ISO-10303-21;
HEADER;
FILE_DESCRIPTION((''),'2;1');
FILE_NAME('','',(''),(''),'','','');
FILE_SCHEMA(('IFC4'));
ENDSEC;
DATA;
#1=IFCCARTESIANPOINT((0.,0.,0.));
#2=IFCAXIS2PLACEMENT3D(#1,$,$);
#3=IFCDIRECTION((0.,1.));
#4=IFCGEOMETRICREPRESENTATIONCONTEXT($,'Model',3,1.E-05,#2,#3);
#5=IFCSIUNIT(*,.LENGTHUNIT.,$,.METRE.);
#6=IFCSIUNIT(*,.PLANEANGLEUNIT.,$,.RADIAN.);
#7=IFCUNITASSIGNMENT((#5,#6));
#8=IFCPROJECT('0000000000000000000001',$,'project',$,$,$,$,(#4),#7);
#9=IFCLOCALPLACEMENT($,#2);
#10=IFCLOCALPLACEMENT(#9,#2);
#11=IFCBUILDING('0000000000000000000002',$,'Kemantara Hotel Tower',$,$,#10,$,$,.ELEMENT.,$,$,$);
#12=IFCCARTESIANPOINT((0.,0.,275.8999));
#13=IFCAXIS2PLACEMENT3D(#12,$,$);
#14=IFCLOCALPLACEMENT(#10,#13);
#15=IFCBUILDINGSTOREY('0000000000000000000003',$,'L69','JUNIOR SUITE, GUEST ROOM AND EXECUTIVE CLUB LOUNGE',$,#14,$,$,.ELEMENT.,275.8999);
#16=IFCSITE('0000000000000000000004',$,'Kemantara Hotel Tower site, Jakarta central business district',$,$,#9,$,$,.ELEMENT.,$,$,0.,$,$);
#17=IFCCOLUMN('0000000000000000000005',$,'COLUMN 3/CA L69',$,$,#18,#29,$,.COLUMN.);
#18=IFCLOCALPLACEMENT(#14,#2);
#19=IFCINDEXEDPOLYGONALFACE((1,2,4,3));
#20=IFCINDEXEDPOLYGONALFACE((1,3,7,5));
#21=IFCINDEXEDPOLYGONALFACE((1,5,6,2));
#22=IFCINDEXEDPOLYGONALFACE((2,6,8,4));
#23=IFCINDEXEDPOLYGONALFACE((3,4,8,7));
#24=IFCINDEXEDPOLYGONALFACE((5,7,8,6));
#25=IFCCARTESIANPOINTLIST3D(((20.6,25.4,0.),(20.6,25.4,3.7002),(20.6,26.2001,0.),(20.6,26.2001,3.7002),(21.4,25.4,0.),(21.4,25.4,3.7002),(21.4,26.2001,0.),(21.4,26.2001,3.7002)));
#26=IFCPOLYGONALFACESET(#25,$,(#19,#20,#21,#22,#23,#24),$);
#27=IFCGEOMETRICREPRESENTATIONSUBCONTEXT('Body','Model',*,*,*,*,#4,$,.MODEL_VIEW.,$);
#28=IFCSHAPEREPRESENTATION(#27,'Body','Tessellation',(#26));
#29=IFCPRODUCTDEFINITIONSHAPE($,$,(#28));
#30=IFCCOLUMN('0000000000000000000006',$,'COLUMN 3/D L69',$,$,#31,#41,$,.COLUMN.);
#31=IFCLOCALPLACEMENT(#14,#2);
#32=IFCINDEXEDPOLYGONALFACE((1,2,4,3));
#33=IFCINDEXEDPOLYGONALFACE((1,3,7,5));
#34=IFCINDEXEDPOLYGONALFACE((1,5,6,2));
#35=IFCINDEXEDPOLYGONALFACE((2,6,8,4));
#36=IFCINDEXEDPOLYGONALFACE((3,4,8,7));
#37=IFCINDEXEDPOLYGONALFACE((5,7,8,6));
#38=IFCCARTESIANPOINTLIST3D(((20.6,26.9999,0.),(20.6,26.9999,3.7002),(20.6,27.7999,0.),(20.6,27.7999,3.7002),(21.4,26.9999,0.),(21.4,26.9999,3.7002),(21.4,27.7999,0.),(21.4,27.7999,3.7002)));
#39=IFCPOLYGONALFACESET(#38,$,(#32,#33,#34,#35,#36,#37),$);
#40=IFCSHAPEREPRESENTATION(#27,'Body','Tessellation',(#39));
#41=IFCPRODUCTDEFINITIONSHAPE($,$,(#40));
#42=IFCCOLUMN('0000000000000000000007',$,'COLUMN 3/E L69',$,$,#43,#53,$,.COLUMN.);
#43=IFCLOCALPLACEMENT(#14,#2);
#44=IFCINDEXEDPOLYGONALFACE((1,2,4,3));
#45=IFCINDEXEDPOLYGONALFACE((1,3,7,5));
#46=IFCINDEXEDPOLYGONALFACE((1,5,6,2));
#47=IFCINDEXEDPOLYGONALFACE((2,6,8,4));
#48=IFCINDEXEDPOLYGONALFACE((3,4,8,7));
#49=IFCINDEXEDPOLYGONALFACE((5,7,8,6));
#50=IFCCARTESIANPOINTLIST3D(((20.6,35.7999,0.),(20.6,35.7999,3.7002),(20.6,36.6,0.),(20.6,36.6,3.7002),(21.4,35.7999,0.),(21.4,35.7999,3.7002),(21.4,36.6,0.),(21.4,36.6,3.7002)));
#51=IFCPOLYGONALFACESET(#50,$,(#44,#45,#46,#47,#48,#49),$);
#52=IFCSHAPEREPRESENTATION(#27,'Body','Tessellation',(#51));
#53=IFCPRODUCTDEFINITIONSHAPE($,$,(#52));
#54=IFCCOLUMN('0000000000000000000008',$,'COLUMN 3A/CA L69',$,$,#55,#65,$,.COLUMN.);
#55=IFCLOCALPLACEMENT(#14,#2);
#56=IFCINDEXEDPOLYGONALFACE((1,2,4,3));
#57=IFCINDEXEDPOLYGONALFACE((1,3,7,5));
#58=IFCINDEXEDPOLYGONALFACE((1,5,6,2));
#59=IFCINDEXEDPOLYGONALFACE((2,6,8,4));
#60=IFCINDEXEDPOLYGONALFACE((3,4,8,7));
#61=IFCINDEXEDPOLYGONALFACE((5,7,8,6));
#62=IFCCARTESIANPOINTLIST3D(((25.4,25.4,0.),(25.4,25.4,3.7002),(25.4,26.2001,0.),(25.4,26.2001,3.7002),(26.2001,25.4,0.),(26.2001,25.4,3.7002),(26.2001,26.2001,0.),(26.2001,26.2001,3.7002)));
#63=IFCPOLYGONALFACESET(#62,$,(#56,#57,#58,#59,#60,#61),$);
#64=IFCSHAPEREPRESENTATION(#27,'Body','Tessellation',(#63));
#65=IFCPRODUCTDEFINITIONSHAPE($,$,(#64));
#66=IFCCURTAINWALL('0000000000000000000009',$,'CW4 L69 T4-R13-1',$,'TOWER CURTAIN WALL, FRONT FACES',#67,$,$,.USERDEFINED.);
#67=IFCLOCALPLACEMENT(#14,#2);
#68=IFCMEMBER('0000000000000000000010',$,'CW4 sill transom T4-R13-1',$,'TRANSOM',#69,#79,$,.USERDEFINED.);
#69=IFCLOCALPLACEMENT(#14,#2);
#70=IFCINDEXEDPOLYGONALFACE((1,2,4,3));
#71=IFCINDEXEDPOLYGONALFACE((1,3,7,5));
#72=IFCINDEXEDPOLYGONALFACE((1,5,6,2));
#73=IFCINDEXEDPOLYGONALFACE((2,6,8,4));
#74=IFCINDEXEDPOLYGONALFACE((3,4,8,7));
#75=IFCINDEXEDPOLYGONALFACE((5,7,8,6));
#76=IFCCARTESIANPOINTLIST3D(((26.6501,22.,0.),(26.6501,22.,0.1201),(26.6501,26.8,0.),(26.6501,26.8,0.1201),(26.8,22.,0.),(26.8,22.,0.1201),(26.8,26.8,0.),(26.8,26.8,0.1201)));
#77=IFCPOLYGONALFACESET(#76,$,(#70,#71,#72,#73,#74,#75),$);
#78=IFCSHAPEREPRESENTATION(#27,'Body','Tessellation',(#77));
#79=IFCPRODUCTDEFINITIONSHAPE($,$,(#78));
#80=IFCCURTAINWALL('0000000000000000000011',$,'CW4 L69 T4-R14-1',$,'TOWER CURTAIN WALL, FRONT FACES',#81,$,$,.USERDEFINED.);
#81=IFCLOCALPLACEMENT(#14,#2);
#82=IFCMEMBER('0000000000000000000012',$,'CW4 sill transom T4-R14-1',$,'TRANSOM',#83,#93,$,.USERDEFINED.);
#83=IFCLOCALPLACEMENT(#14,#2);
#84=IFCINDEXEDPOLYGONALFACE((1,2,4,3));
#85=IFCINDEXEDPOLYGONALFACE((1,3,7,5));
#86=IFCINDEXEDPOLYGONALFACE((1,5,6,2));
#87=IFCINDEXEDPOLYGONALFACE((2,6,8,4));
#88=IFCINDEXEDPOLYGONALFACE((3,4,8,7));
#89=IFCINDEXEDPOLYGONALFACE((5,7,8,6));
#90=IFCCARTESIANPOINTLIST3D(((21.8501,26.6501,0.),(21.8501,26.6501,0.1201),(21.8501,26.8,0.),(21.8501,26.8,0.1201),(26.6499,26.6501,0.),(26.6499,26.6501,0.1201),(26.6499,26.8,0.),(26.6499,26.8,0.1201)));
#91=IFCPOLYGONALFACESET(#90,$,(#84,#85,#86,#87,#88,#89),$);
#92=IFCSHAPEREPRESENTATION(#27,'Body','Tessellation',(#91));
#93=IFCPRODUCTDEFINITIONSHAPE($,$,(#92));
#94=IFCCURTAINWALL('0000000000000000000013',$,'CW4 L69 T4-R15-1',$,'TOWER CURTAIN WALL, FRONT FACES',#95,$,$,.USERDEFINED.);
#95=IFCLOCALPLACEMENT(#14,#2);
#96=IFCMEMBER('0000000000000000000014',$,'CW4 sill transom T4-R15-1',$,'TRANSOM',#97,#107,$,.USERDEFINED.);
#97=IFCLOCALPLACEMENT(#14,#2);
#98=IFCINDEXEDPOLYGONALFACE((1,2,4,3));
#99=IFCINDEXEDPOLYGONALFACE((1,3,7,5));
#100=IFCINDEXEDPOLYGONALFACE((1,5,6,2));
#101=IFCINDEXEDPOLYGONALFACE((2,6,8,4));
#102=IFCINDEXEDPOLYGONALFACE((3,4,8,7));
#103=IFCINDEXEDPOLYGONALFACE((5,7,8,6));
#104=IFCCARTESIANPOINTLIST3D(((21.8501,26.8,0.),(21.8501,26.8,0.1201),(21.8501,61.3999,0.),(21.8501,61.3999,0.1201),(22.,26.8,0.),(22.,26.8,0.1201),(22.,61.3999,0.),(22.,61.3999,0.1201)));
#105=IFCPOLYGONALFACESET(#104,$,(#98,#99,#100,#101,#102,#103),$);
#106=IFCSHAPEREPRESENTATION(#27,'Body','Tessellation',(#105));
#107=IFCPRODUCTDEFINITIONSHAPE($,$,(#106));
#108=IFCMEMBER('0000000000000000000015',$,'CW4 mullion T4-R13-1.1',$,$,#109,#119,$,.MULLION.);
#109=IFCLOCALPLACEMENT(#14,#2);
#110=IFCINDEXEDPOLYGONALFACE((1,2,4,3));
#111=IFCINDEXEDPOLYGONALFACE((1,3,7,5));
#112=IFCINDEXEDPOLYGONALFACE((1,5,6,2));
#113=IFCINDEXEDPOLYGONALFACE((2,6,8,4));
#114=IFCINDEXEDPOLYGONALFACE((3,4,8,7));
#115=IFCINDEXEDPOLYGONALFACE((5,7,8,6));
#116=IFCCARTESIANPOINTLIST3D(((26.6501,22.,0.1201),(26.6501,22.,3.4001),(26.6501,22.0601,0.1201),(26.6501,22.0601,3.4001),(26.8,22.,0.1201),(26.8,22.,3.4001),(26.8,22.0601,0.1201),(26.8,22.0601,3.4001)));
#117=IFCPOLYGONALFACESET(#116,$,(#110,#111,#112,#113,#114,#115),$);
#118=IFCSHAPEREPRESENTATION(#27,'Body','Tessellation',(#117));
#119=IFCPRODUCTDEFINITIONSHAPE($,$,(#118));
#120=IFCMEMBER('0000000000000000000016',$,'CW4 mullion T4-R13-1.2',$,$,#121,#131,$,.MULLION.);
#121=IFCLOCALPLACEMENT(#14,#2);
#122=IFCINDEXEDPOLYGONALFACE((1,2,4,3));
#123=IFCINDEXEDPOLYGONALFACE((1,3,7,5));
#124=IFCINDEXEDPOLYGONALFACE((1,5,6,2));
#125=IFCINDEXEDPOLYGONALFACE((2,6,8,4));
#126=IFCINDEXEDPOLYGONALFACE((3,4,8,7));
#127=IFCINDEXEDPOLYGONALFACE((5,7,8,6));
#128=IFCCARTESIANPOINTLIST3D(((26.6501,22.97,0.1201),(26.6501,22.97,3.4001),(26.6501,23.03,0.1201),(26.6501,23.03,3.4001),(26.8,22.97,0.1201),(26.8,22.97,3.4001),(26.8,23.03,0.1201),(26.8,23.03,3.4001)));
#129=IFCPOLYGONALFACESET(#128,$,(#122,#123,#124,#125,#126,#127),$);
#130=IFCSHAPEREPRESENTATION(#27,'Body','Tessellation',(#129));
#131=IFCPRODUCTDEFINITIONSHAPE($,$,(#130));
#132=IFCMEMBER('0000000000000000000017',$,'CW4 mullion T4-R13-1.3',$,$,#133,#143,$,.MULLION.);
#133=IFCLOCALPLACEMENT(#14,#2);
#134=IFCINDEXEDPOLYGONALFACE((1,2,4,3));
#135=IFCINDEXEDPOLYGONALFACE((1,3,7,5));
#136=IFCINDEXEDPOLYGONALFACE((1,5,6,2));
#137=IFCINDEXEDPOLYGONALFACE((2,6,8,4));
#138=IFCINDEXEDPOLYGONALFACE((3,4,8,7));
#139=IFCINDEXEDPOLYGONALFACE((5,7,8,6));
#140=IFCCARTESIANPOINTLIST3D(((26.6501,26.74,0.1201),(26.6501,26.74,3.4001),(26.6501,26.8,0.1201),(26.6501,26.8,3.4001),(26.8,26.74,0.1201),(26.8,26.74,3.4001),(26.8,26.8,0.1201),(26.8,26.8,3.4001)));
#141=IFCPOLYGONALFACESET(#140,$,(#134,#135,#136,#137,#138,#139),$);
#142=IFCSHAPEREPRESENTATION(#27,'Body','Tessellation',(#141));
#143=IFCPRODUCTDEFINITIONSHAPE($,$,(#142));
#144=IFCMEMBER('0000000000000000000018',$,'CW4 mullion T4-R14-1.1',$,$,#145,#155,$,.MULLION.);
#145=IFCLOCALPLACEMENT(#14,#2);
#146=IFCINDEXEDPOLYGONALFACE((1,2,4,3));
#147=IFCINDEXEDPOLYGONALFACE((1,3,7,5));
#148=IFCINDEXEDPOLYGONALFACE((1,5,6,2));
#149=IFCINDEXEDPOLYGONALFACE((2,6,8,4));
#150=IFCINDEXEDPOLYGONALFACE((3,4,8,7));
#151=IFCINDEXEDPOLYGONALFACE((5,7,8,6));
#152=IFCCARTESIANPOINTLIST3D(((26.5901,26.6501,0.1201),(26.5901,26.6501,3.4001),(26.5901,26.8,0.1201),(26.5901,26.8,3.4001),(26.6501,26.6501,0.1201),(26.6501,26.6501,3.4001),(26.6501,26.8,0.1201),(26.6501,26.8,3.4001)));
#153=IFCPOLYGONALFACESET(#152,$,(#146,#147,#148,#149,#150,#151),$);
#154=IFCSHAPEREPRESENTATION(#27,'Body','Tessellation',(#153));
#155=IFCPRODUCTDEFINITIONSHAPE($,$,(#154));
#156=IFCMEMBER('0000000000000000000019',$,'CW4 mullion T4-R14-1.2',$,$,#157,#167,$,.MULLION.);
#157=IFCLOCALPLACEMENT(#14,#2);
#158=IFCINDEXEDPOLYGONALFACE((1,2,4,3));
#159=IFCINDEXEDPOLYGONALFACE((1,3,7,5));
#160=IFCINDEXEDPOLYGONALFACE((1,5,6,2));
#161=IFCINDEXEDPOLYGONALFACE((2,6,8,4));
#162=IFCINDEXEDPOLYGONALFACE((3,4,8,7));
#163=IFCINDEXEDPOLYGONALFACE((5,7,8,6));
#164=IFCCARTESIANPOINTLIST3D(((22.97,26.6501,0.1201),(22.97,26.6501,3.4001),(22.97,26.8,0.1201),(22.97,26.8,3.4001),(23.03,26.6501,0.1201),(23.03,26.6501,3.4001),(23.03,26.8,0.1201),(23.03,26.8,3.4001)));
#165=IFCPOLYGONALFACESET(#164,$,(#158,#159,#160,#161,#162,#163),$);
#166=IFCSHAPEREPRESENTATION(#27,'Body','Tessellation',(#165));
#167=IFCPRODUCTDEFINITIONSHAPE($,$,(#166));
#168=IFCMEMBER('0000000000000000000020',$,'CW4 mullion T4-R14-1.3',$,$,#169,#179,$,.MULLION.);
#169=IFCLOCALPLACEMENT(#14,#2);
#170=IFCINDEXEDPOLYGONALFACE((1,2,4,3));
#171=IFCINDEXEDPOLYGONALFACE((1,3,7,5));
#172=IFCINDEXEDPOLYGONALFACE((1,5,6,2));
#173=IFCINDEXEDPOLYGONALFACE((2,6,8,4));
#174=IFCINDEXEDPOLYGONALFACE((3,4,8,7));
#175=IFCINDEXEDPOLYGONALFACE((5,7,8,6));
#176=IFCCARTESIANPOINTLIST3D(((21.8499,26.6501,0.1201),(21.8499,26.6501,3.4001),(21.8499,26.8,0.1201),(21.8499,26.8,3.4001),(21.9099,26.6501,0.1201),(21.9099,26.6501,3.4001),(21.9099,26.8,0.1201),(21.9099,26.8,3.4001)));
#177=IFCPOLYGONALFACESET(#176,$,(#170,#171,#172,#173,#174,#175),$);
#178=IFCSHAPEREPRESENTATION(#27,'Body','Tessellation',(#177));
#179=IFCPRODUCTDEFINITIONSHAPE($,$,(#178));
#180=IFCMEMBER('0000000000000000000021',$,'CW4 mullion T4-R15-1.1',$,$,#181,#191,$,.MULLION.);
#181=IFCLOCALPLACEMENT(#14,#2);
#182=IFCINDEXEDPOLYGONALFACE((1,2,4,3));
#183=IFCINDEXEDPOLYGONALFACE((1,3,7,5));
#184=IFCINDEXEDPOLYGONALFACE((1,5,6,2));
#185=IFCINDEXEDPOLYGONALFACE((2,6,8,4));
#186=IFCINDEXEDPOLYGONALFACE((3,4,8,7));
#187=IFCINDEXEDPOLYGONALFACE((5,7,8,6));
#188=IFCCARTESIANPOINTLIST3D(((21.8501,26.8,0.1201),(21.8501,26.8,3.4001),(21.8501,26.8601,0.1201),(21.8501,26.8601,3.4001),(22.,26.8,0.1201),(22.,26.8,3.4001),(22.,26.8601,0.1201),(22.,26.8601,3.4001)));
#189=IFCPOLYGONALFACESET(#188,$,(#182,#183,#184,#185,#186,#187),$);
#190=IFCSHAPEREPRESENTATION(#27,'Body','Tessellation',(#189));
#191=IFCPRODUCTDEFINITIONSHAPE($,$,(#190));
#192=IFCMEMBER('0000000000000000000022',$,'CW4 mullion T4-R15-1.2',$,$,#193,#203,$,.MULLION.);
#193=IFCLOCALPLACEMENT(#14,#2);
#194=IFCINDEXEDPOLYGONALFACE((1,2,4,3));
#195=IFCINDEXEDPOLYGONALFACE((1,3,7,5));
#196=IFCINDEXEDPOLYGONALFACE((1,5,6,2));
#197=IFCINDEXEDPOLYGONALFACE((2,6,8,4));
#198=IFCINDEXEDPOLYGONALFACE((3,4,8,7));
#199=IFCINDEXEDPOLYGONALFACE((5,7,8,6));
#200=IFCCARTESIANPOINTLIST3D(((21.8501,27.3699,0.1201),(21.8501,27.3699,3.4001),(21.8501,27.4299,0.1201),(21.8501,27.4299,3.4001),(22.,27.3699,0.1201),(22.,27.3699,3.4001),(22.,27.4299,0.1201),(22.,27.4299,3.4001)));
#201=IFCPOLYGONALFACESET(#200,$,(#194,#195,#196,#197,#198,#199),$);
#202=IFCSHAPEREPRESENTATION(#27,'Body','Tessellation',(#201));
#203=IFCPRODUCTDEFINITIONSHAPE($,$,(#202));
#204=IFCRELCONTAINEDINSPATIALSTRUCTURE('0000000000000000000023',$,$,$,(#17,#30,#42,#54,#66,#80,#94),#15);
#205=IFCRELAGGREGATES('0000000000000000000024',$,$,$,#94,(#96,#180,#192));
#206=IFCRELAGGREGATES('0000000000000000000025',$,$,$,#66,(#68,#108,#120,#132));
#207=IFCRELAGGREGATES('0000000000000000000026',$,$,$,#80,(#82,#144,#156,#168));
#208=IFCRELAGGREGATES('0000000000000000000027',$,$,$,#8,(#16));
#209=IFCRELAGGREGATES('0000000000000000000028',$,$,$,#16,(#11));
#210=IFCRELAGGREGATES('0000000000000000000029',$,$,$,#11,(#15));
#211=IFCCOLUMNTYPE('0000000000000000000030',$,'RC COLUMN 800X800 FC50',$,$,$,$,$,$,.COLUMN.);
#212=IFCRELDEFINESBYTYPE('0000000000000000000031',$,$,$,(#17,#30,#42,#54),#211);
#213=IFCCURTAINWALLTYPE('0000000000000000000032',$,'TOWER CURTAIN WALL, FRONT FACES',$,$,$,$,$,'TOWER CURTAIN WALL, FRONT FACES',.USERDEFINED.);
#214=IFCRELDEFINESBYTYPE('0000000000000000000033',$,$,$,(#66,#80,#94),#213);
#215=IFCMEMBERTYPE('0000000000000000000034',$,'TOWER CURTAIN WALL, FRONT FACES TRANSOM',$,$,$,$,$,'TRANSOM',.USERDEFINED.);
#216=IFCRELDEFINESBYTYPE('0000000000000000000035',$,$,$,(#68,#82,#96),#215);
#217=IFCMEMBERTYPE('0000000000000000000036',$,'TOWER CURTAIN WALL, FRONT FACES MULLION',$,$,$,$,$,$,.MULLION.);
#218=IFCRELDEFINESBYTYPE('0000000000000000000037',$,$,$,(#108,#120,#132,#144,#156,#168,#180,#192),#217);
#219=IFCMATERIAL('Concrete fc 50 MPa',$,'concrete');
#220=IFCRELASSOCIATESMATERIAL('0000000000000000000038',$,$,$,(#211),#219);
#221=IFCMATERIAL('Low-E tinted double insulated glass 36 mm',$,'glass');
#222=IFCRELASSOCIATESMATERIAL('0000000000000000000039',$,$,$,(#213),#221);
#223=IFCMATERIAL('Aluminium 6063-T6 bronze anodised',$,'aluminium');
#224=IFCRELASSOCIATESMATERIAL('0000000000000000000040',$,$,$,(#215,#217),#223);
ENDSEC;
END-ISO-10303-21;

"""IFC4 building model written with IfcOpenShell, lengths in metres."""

from ifc_helpers import new_model, si_unit, direction, frame, origin, origin_2d, place, context, subcontext, project, spatial, rectangle, extrude, source, transform, mapped, material, material_profile, profile_set, type_object, element, aggregate, save


model = new_model("IFC4")

# Units and contexts
model_context = context("Model", 3, precision=1e-05, world=origin(), true_north=direction((0.0, 1.0)))
body_context = subcontext(model_context, "Body", "Model", "MODEL_VIEW")
ifc_project = project(units=[si_unit("LENGTHUNIT", "METRE"), si_unit("PLANEANGLEUNIT", "RADIAN")], contexts=[model_context])

# Site, building, storey
site_placement = place(None, origin())
site = spatial("IfcSite", under=ifc_project, at=site_placement, Name="Kemantara Hotel Tower site, Jakarta central business district", CompositionType="ELEMENT", RefElevation=0.0)
building_placement = place(site_placement, origin())
building = spatial("IfcBuilding", under=site, at=building_placement, Name="Kemantara Hotel Tower", CompositionType="ELEMENT")
storey_placement = place(building_placement, frame((0.0, 0.0, 275.8999)))
storey = spatial("IfcBuildingStorey", under=building, at=storey_placement, Name="L69", Description="JUNIOR SUITE, GUEST ROOM AND EXECUTIVE CLUB LOUNGE", CompositionType="ELEMENT", Elevation=275.8999)

# Columns
ifc_material_1 = material(Name="Concrete fc 50 MPa", Category="concrete")
ifc_material_profile_1 = material_profile(ifc_material_1, rectangle(XDim=0.8, YDim=0.8, at=origin_2d()), Name="RC 800X800")
ifc_profile_set_1 = profile_set([ifc_material_profile_1], Name="Concrete fc 50 MPa")
column_type = type_object("IfcColumnType", Name="RC COLUMN 800X800 FC50", PredefinedType="COLUMN", material=ifc_profile_set_1)
for number, where, z_axis, x_axis, name in (
    (1, (21.0, 25.8, 0.0), (0.0, 0.0, 1.0), (1.0, 0.0, 0.0), "COLUMN 3/CA L69"),
    (2, (21.0, 27.3999, 0.0), (0.0, 0.0, 1.0), (1.0, 0.0, 0.0), "COLUMN 3/D L69"),
    (3, (21.0, 36.2, 0.0), (0.0, 0.0, 1.0), (1.0, 0.0, 0.0), "COLUMN 3/E L69"),
    (4, (25.8, 25.8, 0.0), (0.0, 0.0, 1.0), (1.0, 0.0, 0.0), "COLUMN 3A/CA L69"),
):
    element("IfcColumn", number, at=place(storey_placement, frame(where, z_axis=z_axis, x_axis=x_axis)), inside=storey, type_object=column_type, Name=name, PredefinedType="COLUMN", context=body_context, shape_type="SweptSolid", body=[
        extrude(rectangle(XDim=0.8, YDim=0.8, at=origin_2d()), origin(), (0.0, 0.0, 1.0), 3.7002),
    ])

# Curtain walls, members
ifc_material_2 = material(Name="Low-E tinted double insulated glass 36 mm", Category="glass")
curtain_wall_type = type_object("IfcCurtainWallType", Name="TOWER CURTAIN WALL, FRONT FACES", ElementType="TOWER CURTAIN WALL, FRONT FACES", PredefinedType="USERDEFINED", material=ifc_material_2)
curtain_wall_1_placement = place(storey_placement, origin())
curtain_wall_1 = element("IfcCurtainWall", 5, at=curtain_wall_1_placement, inside=storey, type_object=curtain_wall_type, Name="CW4 L69 T4-R13-1", ObjectType="TOWER CURTAIN WALL, FRONT FACES", PredefinedType="USERDEFINED")
ifc_material_3 = material(Name="Aluminium 6063-T6 bronze anodised", Category="aluminium")
ifc_material_profile_2 = material_profile(ifc_material_3, rectangle(XDim=0.1499, YDim=0.1201, at=origin_2d()), Name="TOWER CURTAIN WALL, FRONT FACES TRANSOM")
ifc_profile_set_2 = profile_set([ifc_material_profile_2], Name="Aluminium 6063-T6 bronze anodised")
member_type_1 = type_object("IfcMemberType", Name="TOWER CURTAIN WALL, FRONT FACES TRANSOM", ElementType="TRANSOM", PredefinedType="USERDEFINED", material=ifc_profile_set_2)
member_1_placement = place(storey_placement, frame((26.7251, 22.0, 0.0601), z_axis=(0.0, 1.0, 0.0), x_axis=(-1.0, 0.0, 0.0)))
member_1 = element("IfcMember", 6, at=member_1_placement, type_object=member_type_1, Name="CW4 sill transom T4-R13-1", ObjectType="TRANSOM", PredefinedType="USERDEFINED", context=body_context, shape_type="SweptSolid", body=[
    extrude(rectangle(XDim=0.1499, YDim=0.1201, at=origin_2d()), origin(), (0.0, 0.0, 1.0), 4.8),
])
curtain_wall_2_placement = place(storey_placement, origin())
curtain_wall_2 = element("IfcCurtainWall", 7, at=curtain_wall_2_placement, inside=storey, type_object=curtain_wall_type, Name="CW4 L69 T4-R14-1", ObjectType="TOWER CURTAIN WALL, FRONT FACES", PredefinedType="USERDEFINED")
member_2_placement = place(storey_placement, frame((26.6499, 26.7251, 0.0601), z_axis=(-1.0, 0.0, 0.0), x_axis=(0.0, -1.0, 0.0)))
member_2 = element("IfcMember", 8, at=member_2_placement, type_object=member_type_1, Name="CW4 sill transom T4-R14-1", ObjectType="TRANSOM", PredefinedType="USERDEFINED", context=body_context, shape_type="SweptSolid", body=[
    extrude(rectangle(XDim=0.1499, YDim=0.1201, at=origin_2d()), origin(), (0.0, 0.0, 1.0), 4.7998),
])
curtain_wall_3_placement = place(storey_placement, origin())
curtain_wall_3 = element("IfcCurtainWall", 9, at=curtain_wall_3_placement, inside=storey, type_object=curtain_wall_type, Name="CW4 L69 T4-R15-1", ObjectType="TOWER CURTAIN WALL, FRONT FACES", PredefinedType="USERDEFINED")
member_3_placement = place(storey_placement, frame((21.925, 26.8, 0.0601), z_axis=(0.0, 1.0, 0.0), x_axis=(-1.0, 0.0, 0.0)))
member_3 = element("IfcMember", 10, at=member_3_placement, type_object=member_type_1, Name="CW4 sill transom T4-R15-1", ObjectType="TRANSOM", PredefinedType="USERDEFINED", context=body_context, shape_type="SweptSolid", body=[
    extrude(rectangle(XDim=0.1499, YDim=0.1201, at=origin_2d()), origin(), (0.0, 0.0, 1.0), 34.5999),
])

# Members
ifc_material_profile_3 = material_profile(ifc_material_3, rectangle(XDim=0.1499, YDim=0.0601, at=origin_2d()), Name="TOWER CURTAIN WALL, FRONT FACES MULLION")
ifc_profile_set_3 = profile_set([ifc_material_profile_3], Name="Aluminium 6063-T6 bronze anodised")
member_type_2 = type_object("IfcMemberType", Name="TOWER CURTAIN WALL, FRONT FACES MULLION", PredefinedType="MULLION", material=ifc_profile_set_3)
shared_shape_1 = source(origin(), body_context, "Body", "SweptSolid", [
    extrude(rectangle(XDim=0.1499, YDim=0.0601, at=origin_2d()), origin(), (0.0, 0.0, 1.0), 3.28),
])
member_4_placement = place(storey_placement, frame((26.7251, 22.03, 0.1201), z_axis=(0.0, 0.0, 1.0), x_axis=(-1.0, 0.0, 0.0)))
member_4 = element("IfcMember", 11, at=member_4_placement, type_object=member_type_2, Name="CW4 mullion T4-R13-1.1", PredefinedType="MULLION", context=body_context, shape_type="MappedRepresentation", body=[
    mapped(shared_shape_1, transform((0.0, 0.0, 0.0))),
])
member_5_placement = place(storey_placement, frame((26.7251, 23.0, 0.1201), z_axis=(0.0, 0.0, 1.0), x_axis=(-1.0, 0.0, 0.0)))
member_5 = element("IfcMember", 12, at=member_5_placement, type_object=member_type_2, Name="CW4 mullion T4-R13-1.2", PredefinedType="MULLION", context=body_context, shape_type="MappedRepresentation", body=[
    mapped(shared_shape_1, transform((0.0, 0.0, 0.0))),
])
member_6_placement = place(storey_placement, frame((26.7251, 26.77, 0.1201), z_axis=(0.0, 0.0, 1.0), x_axis=(-1.0, 0.0, 0.0)))
member_6 = element("IfcMember", 13, at=member_6_placement, type_object=member_type_2, Name="CW4 mullion T4-R13-1.3", PredefinedType="MULLION", context=body_context, shape_type="MappedRepresentation", body=[
    mapped(shared_shape_1, transform((0.0, 0.0, 0.0))),
])
member_7_placement = place(storey_placement, frame((26.6201, 26.7251, 0.1201), z_axis=(0.0, 0.0, 1.0), x_axis=(0.0, -1.0, 0.0)))
member_7 = element("IfcMember", 14, at=member_7_placement, type_object=member_type_2, Name="CW4 mullion T4-R14-1.1", PredefinedType="MULLION", context=body_context, shape_type="MappedRepresentation", body=[
    mapped(shared_shape_1, transform((0.0, 0.0, 0.0))),
])
member_8_placement = place(storey_placement, frame((23.0, 26.7251, 0.1201), z_axis=(0.0, 0.0, 1.0), x_axis=(0.0, -1.0, 0.0)))
member_8 = element("IfcMember", 15, at=member_8_placement, type_object=member_type_2, Name="CW4 mullion T4-R14-1.2", PredefinedType="MULLION", context=body_context, shape_type="MappedRepresentation", body=[
    mapped(shared_shape_1, transform((0.0, 0.0, 0.0))),
])
member_9_placement = place(storey_placement, frame((21.8799, 26.7251, 0.1201), z_axis=(0.0, 0.0, 1.0), x_axis=(0.0, -1.0, 0.0)))
member_9 = element("IfcMember", 16, at=member_9_placement, type_object=member_type_2, Name="CW4 mullion T4-R14-1.3", PredefinedType="MULLION", context=body_context, shape_type="MappedRepresentation", body=[
    mapped(shared_shape_1, transform((0.0, 0.0, 0.0))),
])
member_10_placement = place(storey_placement, frame((21.925, 26.8301, 0.1201), z_axis=(0.0, 0.0, 1.0), x_axis=(-1.0, 0.0, 0.0)))
member_10 = element("IfcMember", 17, at=member_10_placement, type_object=member_type_2, Name="CW4 mullion T4-R15-1.1", PredefinedType="MULLION", context=body_context, shape_type="MappedRepresentation", body=[
    mapped(shared_shape_1, transform((0.0, 0.0, 0.0))),
])
member_11_placement = place(storey_placement, frame((21.925, 27.3999, 0.1201), z_axis=(0.0, 0.0, 1.0), x_axis=(-1.0, 0.0, 0.0)))
member_11 = element("IfcMember", 18, at=member_11_placement, type_object=member_type_2, Name="CW4 mullion T4-R15-1.2", PredefinedType="MULLION", context=body_context, shape_type="MappedRepresentation", body=[
    mapped(shared_shape_1, transform((0.0, 0.0, 0.0))),
])

aggregate(curtain_wall_3, [member_3, member_10, member_11])
aggregate(curtain_wall_1, [member_1, member_4, member_5, member_6])
aggregate(curtain_wall_2, [member_2, member_7, member_8, member_9])

save(model, "model.ifc")
